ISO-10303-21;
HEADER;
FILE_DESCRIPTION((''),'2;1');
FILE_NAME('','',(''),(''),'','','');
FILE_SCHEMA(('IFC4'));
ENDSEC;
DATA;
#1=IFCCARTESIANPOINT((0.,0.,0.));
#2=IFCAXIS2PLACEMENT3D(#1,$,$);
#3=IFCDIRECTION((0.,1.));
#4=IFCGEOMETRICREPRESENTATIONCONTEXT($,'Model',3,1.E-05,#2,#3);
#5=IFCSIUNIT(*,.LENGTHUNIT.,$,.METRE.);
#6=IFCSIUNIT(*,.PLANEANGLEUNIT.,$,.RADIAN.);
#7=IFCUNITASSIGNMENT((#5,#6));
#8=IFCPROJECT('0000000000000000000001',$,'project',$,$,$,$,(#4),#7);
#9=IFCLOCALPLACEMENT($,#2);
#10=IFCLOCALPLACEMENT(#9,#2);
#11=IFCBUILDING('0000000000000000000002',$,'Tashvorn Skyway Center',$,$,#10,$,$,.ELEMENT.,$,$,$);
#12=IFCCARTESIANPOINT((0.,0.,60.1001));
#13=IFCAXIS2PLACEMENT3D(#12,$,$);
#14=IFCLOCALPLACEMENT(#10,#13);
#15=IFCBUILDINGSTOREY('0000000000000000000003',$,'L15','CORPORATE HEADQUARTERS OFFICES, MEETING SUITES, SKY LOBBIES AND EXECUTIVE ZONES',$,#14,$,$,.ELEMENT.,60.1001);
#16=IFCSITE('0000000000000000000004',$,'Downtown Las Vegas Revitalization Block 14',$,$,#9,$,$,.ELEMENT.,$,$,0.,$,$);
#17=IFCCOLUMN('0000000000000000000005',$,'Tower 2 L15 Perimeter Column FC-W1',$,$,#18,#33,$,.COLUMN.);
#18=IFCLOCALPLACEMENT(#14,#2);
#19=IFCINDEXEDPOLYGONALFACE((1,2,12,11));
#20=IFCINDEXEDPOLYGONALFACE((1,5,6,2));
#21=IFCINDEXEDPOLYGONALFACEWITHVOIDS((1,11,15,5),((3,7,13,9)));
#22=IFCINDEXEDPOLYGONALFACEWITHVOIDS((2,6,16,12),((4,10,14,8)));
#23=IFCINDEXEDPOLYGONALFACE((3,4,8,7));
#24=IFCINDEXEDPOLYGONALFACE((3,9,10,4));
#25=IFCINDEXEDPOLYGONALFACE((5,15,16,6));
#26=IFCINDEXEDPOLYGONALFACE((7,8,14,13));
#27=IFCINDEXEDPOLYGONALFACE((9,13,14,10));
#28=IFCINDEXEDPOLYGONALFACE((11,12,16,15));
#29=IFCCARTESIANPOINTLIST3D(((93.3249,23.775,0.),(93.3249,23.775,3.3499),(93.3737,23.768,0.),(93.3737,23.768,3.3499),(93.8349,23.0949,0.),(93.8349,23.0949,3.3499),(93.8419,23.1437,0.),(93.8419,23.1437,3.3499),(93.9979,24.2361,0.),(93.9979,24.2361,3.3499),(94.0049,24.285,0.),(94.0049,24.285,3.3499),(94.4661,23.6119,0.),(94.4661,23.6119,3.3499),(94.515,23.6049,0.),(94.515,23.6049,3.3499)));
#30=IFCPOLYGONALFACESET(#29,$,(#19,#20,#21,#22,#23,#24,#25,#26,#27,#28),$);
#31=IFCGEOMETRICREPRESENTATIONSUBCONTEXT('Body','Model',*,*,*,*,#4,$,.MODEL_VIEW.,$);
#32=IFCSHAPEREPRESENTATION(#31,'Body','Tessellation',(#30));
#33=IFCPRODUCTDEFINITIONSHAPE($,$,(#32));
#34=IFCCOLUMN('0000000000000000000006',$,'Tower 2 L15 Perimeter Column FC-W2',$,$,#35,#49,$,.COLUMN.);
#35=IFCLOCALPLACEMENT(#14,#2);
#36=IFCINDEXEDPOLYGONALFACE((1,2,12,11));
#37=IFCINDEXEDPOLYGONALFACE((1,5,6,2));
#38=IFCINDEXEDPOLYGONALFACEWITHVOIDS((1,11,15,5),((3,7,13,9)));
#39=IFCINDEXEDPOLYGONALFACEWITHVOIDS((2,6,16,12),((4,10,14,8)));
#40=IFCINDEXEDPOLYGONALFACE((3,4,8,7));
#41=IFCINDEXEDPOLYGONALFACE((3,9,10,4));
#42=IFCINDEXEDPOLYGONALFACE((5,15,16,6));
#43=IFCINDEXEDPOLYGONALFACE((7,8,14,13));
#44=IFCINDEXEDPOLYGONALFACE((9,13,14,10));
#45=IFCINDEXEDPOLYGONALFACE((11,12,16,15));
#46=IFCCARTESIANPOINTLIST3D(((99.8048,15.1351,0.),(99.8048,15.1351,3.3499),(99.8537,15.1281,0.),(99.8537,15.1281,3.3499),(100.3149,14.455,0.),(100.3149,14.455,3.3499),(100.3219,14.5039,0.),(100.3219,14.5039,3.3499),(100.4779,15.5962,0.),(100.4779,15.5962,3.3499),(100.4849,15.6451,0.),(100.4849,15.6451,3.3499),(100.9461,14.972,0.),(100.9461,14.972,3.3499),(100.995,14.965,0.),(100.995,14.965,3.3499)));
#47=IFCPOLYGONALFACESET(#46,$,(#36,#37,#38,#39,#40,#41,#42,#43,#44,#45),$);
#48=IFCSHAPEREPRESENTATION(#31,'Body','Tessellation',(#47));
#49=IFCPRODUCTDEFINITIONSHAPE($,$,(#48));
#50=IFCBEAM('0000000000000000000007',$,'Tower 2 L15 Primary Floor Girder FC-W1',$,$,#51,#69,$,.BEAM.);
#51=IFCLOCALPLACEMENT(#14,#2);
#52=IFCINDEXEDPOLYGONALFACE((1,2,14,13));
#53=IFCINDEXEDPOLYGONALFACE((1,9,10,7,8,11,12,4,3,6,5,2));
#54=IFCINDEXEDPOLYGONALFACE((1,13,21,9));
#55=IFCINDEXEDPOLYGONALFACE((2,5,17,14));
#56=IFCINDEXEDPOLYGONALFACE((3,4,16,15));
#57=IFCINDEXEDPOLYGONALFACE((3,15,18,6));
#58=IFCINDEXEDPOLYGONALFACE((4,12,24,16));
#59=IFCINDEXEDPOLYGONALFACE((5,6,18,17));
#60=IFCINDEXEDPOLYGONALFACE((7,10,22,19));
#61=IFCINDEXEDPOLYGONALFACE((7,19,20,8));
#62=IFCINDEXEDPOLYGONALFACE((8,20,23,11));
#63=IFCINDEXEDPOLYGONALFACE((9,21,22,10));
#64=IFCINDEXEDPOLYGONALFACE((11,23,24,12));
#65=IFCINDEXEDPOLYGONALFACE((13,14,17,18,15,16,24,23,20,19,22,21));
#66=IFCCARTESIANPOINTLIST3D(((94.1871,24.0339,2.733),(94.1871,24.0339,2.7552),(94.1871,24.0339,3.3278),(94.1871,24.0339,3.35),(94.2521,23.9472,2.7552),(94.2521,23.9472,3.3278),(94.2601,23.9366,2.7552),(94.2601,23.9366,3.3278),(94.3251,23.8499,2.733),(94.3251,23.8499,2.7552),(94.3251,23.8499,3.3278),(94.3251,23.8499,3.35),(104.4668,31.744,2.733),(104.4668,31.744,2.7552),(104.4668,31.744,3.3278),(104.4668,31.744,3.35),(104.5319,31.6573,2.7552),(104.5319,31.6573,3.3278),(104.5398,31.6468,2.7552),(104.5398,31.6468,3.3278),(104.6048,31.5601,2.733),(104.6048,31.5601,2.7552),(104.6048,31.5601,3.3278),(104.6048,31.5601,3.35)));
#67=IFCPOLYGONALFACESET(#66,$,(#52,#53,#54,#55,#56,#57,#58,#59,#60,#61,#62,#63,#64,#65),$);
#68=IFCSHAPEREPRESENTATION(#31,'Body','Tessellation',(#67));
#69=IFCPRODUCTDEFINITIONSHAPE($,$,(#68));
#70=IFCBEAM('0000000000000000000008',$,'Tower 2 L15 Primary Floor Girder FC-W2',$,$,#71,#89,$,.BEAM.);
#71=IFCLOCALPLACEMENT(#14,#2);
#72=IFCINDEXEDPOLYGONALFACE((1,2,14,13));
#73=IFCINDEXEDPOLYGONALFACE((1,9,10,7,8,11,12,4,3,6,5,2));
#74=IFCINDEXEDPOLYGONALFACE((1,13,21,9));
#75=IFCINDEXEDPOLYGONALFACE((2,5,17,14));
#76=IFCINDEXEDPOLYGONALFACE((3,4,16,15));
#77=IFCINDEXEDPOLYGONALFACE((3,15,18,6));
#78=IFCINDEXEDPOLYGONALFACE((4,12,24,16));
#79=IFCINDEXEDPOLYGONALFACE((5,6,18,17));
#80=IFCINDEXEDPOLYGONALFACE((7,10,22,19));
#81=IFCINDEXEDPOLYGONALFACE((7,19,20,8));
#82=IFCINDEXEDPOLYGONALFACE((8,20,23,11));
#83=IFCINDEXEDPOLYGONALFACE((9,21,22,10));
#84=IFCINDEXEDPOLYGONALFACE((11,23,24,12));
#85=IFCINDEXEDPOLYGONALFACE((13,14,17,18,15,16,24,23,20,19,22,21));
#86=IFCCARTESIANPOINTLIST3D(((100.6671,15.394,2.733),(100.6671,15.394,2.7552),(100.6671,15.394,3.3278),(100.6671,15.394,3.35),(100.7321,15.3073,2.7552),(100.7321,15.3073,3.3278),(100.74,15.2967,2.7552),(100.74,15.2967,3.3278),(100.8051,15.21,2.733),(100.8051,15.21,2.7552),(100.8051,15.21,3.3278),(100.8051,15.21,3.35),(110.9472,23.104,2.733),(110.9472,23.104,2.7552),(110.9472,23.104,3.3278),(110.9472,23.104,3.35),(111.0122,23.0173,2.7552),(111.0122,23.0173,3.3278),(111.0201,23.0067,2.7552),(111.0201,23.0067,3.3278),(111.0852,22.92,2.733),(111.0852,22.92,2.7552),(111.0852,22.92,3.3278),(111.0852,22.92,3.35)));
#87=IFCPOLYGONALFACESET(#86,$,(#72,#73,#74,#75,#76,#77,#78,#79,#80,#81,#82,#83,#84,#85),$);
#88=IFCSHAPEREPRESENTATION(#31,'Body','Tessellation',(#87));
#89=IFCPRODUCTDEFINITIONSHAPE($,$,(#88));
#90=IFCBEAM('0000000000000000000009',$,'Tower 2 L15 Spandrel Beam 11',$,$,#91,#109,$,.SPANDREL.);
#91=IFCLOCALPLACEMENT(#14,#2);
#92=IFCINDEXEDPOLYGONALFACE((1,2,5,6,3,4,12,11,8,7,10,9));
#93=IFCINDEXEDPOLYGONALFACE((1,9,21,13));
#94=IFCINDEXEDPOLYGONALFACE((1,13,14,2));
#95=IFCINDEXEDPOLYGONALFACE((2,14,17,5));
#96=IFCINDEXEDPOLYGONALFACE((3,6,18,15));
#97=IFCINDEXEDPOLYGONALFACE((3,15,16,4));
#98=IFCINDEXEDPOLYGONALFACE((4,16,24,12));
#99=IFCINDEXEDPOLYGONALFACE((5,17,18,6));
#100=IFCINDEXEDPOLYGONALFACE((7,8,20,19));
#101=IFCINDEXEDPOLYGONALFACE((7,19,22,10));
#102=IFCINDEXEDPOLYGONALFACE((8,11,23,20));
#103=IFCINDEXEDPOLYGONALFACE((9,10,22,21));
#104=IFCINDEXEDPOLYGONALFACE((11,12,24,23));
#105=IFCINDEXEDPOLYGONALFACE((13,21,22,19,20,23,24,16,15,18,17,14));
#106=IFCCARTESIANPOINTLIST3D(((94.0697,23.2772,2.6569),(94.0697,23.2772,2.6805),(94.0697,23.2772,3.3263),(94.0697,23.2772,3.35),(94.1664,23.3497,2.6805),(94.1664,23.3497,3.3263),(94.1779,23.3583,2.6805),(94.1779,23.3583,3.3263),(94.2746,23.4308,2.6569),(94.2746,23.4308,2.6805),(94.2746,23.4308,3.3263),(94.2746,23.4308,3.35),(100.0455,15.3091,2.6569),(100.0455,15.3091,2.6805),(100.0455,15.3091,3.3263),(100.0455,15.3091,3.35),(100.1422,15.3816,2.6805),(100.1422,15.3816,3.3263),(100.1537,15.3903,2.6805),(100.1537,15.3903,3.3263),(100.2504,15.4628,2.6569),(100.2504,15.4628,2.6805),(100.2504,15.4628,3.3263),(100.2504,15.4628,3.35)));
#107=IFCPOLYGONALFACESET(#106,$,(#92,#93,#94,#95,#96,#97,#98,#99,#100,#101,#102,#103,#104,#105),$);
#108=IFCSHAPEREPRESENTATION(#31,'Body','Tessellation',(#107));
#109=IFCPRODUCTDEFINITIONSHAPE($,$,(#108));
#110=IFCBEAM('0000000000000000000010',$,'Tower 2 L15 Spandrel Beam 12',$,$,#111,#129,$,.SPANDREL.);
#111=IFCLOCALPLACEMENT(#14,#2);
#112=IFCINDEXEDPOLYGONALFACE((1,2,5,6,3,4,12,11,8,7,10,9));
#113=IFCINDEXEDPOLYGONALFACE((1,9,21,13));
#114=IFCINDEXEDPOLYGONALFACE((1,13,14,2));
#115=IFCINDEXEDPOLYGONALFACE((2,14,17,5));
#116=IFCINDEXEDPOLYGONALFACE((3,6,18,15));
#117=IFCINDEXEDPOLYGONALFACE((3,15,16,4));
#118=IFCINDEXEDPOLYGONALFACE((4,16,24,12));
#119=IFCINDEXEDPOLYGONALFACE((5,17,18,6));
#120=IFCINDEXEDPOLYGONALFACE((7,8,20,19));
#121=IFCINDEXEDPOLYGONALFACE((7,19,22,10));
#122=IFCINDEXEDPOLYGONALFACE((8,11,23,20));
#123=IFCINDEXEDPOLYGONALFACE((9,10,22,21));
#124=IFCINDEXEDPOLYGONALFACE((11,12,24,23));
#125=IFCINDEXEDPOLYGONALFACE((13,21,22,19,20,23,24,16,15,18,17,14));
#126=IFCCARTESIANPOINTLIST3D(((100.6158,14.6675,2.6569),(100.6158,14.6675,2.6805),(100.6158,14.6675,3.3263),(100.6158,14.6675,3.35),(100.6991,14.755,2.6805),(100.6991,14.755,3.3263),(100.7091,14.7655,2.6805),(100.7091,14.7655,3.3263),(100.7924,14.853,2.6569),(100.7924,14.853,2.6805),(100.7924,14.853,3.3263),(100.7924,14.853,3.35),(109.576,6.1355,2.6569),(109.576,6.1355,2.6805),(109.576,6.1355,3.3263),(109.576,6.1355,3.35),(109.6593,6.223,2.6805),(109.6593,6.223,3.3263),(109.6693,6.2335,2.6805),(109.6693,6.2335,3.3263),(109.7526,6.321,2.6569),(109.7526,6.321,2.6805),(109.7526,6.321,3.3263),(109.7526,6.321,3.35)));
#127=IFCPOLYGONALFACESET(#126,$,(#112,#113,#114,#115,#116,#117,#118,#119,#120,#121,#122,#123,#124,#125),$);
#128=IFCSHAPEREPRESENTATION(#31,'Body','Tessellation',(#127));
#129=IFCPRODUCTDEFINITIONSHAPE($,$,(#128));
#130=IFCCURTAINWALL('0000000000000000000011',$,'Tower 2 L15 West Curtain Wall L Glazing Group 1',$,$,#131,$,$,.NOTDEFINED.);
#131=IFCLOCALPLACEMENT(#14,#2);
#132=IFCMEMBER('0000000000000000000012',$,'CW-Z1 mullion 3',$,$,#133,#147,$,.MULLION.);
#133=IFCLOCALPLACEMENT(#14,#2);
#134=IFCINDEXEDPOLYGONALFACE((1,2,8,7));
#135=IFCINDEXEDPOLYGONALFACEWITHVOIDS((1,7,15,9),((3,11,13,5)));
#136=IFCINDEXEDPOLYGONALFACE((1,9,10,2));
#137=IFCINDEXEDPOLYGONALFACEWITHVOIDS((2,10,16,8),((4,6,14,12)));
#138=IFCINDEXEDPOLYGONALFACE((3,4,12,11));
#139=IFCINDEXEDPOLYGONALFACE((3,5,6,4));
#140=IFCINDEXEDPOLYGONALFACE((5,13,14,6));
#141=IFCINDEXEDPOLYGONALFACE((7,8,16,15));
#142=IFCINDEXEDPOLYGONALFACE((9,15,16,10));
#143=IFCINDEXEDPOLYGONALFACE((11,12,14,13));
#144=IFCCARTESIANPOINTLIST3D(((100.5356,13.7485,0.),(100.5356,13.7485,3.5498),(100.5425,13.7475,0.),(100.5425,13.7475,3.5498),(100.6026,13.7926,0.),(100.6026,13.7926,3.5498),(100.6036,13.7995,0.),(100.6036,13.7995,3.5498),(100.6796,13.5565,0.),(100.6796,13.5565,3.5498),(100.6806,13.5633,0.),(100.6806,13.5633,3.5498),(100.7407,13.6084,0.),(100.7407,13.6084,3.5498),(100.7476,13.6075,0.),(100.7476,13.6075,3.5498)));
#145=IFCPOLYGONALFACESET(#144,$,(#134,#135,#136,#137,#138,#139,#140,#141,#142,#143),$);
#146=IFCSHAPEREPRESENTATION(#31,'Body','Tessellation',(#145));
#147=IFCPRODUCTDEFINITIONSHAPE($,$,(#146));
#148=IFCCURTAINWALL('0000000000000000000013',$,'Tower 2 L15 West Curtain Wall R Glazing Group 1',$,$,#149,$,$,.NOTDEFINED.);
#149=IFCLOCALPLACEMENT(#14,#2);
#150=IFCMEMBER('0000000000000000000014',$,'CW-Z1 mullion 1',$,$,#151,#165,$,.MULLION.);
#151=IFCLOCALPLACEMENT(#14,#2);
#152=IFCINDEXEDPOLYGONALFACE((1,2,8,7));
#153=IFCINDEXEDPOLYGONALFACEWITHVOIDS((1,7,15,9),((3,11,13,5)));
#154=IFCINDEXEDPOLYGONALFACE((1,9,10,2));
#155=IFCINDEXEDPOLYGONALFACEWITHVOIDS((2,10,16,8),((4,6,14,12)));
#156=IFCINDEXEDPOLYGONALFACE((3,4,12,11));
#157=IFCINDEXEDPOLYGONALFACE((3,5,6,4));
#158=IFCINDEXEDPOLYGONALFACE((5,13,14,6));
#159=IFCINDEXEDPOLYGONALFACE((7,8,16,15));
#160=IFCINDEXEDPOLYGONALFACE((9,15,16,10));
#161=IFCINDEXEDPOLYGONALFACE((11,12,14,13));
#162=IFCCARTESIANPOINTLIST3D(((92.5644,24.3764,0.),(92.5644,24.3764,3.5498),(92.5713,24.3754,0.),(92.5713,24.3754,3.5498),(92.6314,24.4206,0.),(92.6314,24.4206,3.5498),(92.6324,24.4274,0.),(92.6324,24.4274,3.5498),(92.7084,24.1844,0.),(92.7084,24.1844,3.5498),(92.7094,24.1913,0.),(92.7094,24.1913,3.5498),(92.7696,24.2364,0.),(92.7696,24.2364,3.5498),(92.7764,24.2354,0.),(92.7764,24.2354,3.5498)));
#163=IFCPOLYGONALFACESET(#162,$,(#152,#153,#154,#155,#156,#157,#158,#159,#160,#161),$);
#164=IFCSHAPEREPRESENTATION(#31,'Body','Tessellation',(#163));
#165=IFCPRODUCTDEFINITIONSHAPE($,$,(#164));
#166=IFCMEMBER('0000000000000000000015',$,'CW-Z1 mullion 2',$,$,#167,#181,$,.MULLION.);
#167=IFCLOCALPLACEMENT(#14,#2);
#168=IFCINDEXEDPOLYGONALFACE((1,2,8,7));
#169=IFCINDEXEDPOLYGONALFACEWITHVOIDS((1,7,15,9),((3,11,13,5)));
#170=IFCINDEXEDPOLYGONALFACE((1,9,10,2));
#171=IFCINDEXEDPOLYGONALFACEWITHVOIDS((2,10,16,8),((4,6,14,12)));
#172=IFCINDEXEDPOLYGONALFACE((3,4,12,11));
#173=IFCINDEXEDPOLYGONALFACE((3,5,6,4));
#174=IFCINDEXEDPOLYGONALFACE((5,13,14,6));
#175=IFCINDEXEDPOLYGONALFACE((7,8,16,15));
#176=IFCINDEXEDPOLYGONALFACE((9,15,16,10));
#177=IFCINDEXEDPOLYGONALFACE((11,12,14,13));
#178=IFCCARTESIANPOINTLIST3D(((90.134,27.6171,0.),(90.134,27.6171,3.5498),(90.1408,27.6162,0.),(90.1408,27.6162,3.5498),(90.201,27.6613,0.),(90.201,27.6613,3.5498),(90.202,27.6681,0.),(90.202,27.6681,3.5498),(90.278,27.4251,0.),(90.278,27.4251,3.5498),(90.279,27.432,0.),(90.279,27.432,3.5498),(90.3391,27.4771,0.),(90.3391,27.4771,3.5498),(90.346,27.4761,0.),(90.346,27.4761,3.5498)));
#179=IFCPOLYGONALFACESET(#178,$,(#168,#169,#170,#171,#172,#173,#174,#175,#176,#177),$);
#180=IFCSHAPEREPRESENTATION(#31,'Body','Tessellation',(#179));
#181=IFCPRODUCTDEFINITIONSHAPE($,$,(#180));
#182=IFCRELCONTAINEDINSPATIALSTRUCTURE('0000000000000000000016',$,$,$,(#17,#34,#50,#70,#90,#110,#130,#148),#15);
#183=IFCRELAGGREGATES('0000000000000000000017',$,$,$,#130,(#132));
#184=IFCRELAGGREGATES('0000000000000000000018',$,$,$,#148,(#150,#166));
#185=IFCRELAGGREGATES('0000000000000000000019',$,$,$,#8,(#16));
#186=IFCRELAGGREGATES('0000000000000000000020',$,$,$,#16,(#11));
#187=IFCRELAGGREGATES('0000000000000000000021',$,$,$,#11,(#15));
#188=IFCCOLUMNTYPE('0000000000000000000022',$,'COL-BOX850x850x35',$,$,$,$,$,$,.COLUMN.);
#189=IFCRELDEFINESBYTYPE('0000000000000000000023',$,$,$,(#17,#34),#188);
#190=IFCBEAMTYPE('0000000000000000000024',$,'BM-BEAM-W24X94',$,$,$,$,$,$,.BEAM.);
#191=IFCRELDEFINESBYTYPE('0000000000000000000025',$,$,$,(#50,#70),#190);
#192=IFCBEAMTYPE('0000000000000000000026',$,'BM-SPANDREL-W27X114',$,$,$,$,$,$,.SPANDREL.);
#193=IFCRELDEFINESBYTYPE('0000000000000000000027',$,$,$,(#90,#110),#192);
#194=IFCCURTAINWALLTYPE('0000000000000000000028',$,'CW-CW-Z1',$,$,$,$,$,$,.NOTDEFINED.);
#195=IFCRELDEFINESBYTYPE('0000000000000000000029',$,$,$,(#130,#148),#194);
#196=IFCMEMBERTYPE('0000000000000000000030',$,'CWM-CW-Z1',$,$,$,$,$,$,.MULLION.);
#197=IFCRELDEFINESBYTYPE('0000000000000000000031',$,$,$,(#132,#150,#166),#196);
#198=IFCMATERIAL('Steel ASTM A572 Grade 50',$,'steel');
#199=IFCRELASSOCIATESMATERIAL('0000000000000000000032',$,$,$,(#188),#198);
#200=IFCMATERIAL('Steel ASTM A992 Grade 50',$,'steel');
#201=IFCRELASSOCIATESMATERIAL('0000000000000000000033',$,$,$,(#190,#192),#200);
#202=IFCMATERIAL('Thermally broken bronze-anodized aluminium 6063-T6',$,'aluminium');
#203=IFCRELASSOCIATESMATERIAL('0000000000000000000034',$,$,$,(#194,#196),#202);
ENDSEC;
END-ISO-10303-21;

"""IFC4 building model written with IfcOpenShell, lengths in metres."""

from ifc_helpers import new_model, si_unit, direction, frame, origin, origin_2d, place, context, subcontext, project, spatial, hollow_rectangle, i_section, extrude, material, material_profile, profile_set, type_object, element, aggregate, save


model = new_model("IFC4")

# Units and contexts
model_context = context("Model", 3, precision=1e-05, world=origin(), true_north=direction((0.0, 1.0)))
body_context = subcontext(model_context, "Body", "Model", "MODEL_VIEW")
ifc_project = project(units=[si_unit("LENGTHUNIT", "METRE"), si_unit("PLANEANGLEUNIT", "RADIAN")], contexts=[model_context])

# Site, building, storey
site_placement = place(None, origin())
site = spatial("IfcSite", under=ifc_project, at=site_placement, Name="Downtown Las Vegas Revitalization Block 14", CompositionType="ELEMENT", RefElevation=0.0)
building_placement = place(site_placement, origin())
building = spatial("IfcBuilding", under=site, at=building_placement, Name="Tashvorn Skyway Center", CompositionType="ELEMENT")
storey_placement = place(building_placement, frame((0.0, 0.0, 60.1001)))
storey = spatial("IfcBuildingStorey", under=building, at=storey_placement, Name="L15", Description="CORPORATE HEADQUARTERS OFFICES, MEETING SUITES, SKY LOBBIES AND EXECUTIVE ZONES", CompositionType="ELEMENT", Elevation=60.1001)

# Columns
ifc_material_1 = material(Name="Steel ASTM A572 Grade 50", Category="steel")
ifc_material_profile_1 = material_profile(ifc_material_1, hollow_rectangle(XDim=0.8501, YDim=0.8501, WallThickness=0.0349, at=origin_2d()), Name="BOX850x850x35")
ifc_profile_set_1 = profile_set([ifc_material_profile_1], Name="Steel ASTM A572 Grade 50")
column_type = type_object("IfcColumnType", Name="COL-BOX850x850x35", PredefinedType="COLUMN", material=ifc_profile_set_1)
for number, where, z_axis, x_axis, name in (
    (1, (93.9199, 23.6899, 0.0), (0.0, 0.0, 1.0), (0.8, 0.6, 0.0), "Tower 2 L15 Perimeter Column FC-W1"),
    (2, (100.3999, 15.05, 0.0), (0.0, 0.0, 1.0), (0.8, 0.6, 0.0), "Tower 2 L15 Perimeter Column FC-W2"),
):
    element("IfcColumn", number, at=place(storey_placement, frame(where, z_axis=z_axis, x_axis=x_axis)), inside=storey, type_object=column_type, Name=name, PredefinedType="COLUMN", context=body_context, shape_type="SweptSolid", body=[
        extrude(hollow_rectangle(XDim=0.8501, YDim=0.8501, WallThickness=0.0349, at=origin_2d()), origin(), (0.0, 0.0, 1.0), 3.3499),
    ])

# Beams
ifc_material_2 = material(Name="Steel ASTM A992 Grade 50", Category="steel")
ifc_material_profile_2 = material_profile(ifc_material_2, i_section(OverallWidth=0.23, OverallDepth=0.6169, WebThickness=0.0132, FlangeThickness=0.0222, at=origin_2d()), Name="W24X94")
ifc_profile_set_2 = profile_set([ifc_material_profile_2], Name="Steel ASTM A992 Grade 50")
beam_type_1 = type_object("IfcBeamType", Name="BM-BEAM-W24X94", PredefinedType="BEAM", material=ifc_profile_set_2)
beam_1_placement = place(storey_placement, frame((94.2561, 23.9419, 3.0415), z_axis=(0.799986, 0.600018, 0.0), x_axis=(-0.600018, 0.799986, 0.0)))
element("IfcBeam", 3, at=beam_1_placement, inside=storey, type_object=beam_type_1, Name="Tower 2 L15 Primary Floor Girder FC-W1", PredefinedType="BEAM", context=body_context, shape_type="SweptSolid", body=[
    extrude(i_section(OverallWidth=0.23, OverallDepth=0.6169, WebThickness=0.0132, FlangeThickness=0.0222, at=origin_2d()), origin(), (0.0, 0.0, 1.0), 12.8499),
])
beam_2_placement = place(storey_placement, frame((100.7361, 15.302, 3.0415), z_axis=(0.800002, 0.599997, 0.0), x_axis=(-0.599997, 0.800002, 0.0)))
element("IfcBeam", 4, at=beam_2_placement, inside=storey, type_object=beam_type_1, Name="Tower 2 L15 Primary Floor Girder FC-W2", PredefinedType="BEAM", context=body_context, shape_type="SweptSolid", body=[
    extrude(i_section(OverallWidth=0.23, OverallDepth=0.6169, WebThickness=0.0132, FlangeThickness=0.0222, at=origin_2d()), origin(), (0.0, 0.0, 1.0), 12.8501),
])
ifc_material_profile_3 = material_profile(ifc_material_2, i_section(OverallWidth=0.2561, OverallDepth=0.6931, WebThickness=0.0144, FlangeThickness=0.0237, at=origin_2d()), Name="W27X114")
ifc_profile_set_3 = profile_set([ifc_material_profile_3], Name="Steel ASTM A992 Grade 50")
beam_type_2 = type_object("IfcBeamType", Name="BM-SPANDREL-W27X114", PredefinedType="SPANDREL", material=ifc_profile_set_3)
beam_3_placement = place(storey_placement, frame((94.1721, 23.354, 3.0034), z_axis=(0.599988, -0.800009, 0.0), x_axis=(0.800009, 0.599988, 0.0)))
element("IfcBeam", 5, at=beam_3_placement, inside=storey, type_object=beam_type_2, Name="Tower 2 L15 Spandrel Beam 11", PredefinedType="SPANDREL", context=body_context, shape_type="SweptSolid", body=[
    extrude(i_section(OverallWidth=0.2561, OverallDepth=0.6931, WebThickness=0.0144, FlangeThickness=0.0237, at=origin_2d()), origin(), (0.0, 0.0, 1.0), 9.96),
])
beam_4_placement = place(storey_placement, frame((100.7041, 14.7603, 3.0034), z_axis=(0.7242, -0.68959, 0.0), x_axis=(0.68959, 0.7242, 0.0)))
element("IfcBeam", 6, at=beam_4_placement, inside=storey, type_object=beam_type_2, Name="Tower 2 L15 Spandrel Beam 12", PredefinedType="SPANDREL", context=body_context, shape_type="SweptSolid", body=[
    extrude(i_section(OverallWidth=0.2561, OverallDepth=0.6931, WebThickness=0.0144, FlangeThickness=0.0237, at=origin_2d()), origin(), (0.0, 0.0, 1.0), 12.3726),
])

# Curtain wall, member
ifc_material_3 = material(Name="Thermally broken bronze-anodized aluminium 6063-T6", Category="aluminium")
curtain_wall_type = type_object("IfcCurtainWallType", Name="CW-CW-Z1", PredefinedType="NOTDEFINED", material=ifc_material_3)
curtain_wall_1_placement = place(storey_placement, origin())
curtain_wall_1 = element("IfcCurtainWall", 7, at=curtain_wall_1_placement, inside=storey, type_object=curtain_wall_type, Name="Tower 2 L15 West Curtain Wall L Glazing Group 1", PredefinedType="NOTDEFINED")
ifc_material_profile_4 = material_profile(ifc_material_3, hollow_rectangle(XDim=0.085, YDim=0.24, WallThickness=0.0049, at=origin_2d()), Name="ALU-MULL-85x240")
ifc_profile_set_4 = profile_set([ifc_material_profile_4], Name="Thermally broken bronze-anodized aluminium 6063-T6")
member_type_1 = type_object("IfcMemberType", Name="CWM-CW-Z1", PredefinedType="MULLION", material=ifc_profile_set_4)
member_1_placement = place(storey_placement, frame((100.6416, 13.678, 0.0), z_axis=(0.0, 0.0, 1.0), x_axis=(-0.799999, -0.600002, 0.0)))
member_1 = element("IfcMember", 8, at=member_1_placement, type_object=member_type_1, Name="CW-Z1 mullion 3", PredefinedType="MULLION", context=body_context, shape_type="SweptSolid", body=[
    extrude(hollow_rectangle(XDim=0.085, YDim=0.24, WallThickness=0.0049, at=origin_2d()), origin(), (0.0, 0.0, 1.0), 3.5498),
])

# Curtain wall, members
curtain_wall_2_placement = place(storey_placement, origin())
curtain_wall_2 = element("IfcCurtainWall", 9, at=curtain_wall_2_placement, inside=storey, type_object=curtain_wall_type, Name="Tower 2 L15 West Curtain Wall R Glazing Group 1", PredefinedType="NOTDEFINED")
member_2_placement = place(storey_placement, frame((92.6704, 24.3059, 0.0), z_axis=(0.0, 0.0, 1.0), x_axis=(-0.799999, -0.600002, 0.0)))
member_2 = element("IfcMember", 10, at=member_2_placement, type_object=member_type_1, Name="CW-Z1 mullion 1", PredefinedType="MULLION", context=body_context, shape_type="SweptSolid", body=[
    extrude(hollow_rectangle(XDim=0.085, YDim=0.24, WallThickness=0.0049, at=origin_2d()), origin(), (0.0, 0.0, 1.0), 3.5498),
])
member_3_placement = place(storey_placement, frame((90.24, 27.5466, 0.0), z_axis=(0.0, 0.0, 1.0), x_axis=(-0.799999, -0.600002, 0.0)))
member_3 = element("IfcMember", 11, at=member_3_placement, type_object=member_type_1, Name="CW-Z1 mullion 2", PredefinedType="MULLION", context=body_context, shape_type="SweptSolid", body=[
    extrude(hollow_rectangle(XDim=0.085, YDim=0.24, WallThickness=0.0049, at=origin_2d()), origin(), (0.0, 0.0, 1.0), 3.5498),
])

aggregate(curtain_wall_1, [member_1])
aggregate(curtain_wall_2, [member_2, member_3])

save(model, "model.ifc")
